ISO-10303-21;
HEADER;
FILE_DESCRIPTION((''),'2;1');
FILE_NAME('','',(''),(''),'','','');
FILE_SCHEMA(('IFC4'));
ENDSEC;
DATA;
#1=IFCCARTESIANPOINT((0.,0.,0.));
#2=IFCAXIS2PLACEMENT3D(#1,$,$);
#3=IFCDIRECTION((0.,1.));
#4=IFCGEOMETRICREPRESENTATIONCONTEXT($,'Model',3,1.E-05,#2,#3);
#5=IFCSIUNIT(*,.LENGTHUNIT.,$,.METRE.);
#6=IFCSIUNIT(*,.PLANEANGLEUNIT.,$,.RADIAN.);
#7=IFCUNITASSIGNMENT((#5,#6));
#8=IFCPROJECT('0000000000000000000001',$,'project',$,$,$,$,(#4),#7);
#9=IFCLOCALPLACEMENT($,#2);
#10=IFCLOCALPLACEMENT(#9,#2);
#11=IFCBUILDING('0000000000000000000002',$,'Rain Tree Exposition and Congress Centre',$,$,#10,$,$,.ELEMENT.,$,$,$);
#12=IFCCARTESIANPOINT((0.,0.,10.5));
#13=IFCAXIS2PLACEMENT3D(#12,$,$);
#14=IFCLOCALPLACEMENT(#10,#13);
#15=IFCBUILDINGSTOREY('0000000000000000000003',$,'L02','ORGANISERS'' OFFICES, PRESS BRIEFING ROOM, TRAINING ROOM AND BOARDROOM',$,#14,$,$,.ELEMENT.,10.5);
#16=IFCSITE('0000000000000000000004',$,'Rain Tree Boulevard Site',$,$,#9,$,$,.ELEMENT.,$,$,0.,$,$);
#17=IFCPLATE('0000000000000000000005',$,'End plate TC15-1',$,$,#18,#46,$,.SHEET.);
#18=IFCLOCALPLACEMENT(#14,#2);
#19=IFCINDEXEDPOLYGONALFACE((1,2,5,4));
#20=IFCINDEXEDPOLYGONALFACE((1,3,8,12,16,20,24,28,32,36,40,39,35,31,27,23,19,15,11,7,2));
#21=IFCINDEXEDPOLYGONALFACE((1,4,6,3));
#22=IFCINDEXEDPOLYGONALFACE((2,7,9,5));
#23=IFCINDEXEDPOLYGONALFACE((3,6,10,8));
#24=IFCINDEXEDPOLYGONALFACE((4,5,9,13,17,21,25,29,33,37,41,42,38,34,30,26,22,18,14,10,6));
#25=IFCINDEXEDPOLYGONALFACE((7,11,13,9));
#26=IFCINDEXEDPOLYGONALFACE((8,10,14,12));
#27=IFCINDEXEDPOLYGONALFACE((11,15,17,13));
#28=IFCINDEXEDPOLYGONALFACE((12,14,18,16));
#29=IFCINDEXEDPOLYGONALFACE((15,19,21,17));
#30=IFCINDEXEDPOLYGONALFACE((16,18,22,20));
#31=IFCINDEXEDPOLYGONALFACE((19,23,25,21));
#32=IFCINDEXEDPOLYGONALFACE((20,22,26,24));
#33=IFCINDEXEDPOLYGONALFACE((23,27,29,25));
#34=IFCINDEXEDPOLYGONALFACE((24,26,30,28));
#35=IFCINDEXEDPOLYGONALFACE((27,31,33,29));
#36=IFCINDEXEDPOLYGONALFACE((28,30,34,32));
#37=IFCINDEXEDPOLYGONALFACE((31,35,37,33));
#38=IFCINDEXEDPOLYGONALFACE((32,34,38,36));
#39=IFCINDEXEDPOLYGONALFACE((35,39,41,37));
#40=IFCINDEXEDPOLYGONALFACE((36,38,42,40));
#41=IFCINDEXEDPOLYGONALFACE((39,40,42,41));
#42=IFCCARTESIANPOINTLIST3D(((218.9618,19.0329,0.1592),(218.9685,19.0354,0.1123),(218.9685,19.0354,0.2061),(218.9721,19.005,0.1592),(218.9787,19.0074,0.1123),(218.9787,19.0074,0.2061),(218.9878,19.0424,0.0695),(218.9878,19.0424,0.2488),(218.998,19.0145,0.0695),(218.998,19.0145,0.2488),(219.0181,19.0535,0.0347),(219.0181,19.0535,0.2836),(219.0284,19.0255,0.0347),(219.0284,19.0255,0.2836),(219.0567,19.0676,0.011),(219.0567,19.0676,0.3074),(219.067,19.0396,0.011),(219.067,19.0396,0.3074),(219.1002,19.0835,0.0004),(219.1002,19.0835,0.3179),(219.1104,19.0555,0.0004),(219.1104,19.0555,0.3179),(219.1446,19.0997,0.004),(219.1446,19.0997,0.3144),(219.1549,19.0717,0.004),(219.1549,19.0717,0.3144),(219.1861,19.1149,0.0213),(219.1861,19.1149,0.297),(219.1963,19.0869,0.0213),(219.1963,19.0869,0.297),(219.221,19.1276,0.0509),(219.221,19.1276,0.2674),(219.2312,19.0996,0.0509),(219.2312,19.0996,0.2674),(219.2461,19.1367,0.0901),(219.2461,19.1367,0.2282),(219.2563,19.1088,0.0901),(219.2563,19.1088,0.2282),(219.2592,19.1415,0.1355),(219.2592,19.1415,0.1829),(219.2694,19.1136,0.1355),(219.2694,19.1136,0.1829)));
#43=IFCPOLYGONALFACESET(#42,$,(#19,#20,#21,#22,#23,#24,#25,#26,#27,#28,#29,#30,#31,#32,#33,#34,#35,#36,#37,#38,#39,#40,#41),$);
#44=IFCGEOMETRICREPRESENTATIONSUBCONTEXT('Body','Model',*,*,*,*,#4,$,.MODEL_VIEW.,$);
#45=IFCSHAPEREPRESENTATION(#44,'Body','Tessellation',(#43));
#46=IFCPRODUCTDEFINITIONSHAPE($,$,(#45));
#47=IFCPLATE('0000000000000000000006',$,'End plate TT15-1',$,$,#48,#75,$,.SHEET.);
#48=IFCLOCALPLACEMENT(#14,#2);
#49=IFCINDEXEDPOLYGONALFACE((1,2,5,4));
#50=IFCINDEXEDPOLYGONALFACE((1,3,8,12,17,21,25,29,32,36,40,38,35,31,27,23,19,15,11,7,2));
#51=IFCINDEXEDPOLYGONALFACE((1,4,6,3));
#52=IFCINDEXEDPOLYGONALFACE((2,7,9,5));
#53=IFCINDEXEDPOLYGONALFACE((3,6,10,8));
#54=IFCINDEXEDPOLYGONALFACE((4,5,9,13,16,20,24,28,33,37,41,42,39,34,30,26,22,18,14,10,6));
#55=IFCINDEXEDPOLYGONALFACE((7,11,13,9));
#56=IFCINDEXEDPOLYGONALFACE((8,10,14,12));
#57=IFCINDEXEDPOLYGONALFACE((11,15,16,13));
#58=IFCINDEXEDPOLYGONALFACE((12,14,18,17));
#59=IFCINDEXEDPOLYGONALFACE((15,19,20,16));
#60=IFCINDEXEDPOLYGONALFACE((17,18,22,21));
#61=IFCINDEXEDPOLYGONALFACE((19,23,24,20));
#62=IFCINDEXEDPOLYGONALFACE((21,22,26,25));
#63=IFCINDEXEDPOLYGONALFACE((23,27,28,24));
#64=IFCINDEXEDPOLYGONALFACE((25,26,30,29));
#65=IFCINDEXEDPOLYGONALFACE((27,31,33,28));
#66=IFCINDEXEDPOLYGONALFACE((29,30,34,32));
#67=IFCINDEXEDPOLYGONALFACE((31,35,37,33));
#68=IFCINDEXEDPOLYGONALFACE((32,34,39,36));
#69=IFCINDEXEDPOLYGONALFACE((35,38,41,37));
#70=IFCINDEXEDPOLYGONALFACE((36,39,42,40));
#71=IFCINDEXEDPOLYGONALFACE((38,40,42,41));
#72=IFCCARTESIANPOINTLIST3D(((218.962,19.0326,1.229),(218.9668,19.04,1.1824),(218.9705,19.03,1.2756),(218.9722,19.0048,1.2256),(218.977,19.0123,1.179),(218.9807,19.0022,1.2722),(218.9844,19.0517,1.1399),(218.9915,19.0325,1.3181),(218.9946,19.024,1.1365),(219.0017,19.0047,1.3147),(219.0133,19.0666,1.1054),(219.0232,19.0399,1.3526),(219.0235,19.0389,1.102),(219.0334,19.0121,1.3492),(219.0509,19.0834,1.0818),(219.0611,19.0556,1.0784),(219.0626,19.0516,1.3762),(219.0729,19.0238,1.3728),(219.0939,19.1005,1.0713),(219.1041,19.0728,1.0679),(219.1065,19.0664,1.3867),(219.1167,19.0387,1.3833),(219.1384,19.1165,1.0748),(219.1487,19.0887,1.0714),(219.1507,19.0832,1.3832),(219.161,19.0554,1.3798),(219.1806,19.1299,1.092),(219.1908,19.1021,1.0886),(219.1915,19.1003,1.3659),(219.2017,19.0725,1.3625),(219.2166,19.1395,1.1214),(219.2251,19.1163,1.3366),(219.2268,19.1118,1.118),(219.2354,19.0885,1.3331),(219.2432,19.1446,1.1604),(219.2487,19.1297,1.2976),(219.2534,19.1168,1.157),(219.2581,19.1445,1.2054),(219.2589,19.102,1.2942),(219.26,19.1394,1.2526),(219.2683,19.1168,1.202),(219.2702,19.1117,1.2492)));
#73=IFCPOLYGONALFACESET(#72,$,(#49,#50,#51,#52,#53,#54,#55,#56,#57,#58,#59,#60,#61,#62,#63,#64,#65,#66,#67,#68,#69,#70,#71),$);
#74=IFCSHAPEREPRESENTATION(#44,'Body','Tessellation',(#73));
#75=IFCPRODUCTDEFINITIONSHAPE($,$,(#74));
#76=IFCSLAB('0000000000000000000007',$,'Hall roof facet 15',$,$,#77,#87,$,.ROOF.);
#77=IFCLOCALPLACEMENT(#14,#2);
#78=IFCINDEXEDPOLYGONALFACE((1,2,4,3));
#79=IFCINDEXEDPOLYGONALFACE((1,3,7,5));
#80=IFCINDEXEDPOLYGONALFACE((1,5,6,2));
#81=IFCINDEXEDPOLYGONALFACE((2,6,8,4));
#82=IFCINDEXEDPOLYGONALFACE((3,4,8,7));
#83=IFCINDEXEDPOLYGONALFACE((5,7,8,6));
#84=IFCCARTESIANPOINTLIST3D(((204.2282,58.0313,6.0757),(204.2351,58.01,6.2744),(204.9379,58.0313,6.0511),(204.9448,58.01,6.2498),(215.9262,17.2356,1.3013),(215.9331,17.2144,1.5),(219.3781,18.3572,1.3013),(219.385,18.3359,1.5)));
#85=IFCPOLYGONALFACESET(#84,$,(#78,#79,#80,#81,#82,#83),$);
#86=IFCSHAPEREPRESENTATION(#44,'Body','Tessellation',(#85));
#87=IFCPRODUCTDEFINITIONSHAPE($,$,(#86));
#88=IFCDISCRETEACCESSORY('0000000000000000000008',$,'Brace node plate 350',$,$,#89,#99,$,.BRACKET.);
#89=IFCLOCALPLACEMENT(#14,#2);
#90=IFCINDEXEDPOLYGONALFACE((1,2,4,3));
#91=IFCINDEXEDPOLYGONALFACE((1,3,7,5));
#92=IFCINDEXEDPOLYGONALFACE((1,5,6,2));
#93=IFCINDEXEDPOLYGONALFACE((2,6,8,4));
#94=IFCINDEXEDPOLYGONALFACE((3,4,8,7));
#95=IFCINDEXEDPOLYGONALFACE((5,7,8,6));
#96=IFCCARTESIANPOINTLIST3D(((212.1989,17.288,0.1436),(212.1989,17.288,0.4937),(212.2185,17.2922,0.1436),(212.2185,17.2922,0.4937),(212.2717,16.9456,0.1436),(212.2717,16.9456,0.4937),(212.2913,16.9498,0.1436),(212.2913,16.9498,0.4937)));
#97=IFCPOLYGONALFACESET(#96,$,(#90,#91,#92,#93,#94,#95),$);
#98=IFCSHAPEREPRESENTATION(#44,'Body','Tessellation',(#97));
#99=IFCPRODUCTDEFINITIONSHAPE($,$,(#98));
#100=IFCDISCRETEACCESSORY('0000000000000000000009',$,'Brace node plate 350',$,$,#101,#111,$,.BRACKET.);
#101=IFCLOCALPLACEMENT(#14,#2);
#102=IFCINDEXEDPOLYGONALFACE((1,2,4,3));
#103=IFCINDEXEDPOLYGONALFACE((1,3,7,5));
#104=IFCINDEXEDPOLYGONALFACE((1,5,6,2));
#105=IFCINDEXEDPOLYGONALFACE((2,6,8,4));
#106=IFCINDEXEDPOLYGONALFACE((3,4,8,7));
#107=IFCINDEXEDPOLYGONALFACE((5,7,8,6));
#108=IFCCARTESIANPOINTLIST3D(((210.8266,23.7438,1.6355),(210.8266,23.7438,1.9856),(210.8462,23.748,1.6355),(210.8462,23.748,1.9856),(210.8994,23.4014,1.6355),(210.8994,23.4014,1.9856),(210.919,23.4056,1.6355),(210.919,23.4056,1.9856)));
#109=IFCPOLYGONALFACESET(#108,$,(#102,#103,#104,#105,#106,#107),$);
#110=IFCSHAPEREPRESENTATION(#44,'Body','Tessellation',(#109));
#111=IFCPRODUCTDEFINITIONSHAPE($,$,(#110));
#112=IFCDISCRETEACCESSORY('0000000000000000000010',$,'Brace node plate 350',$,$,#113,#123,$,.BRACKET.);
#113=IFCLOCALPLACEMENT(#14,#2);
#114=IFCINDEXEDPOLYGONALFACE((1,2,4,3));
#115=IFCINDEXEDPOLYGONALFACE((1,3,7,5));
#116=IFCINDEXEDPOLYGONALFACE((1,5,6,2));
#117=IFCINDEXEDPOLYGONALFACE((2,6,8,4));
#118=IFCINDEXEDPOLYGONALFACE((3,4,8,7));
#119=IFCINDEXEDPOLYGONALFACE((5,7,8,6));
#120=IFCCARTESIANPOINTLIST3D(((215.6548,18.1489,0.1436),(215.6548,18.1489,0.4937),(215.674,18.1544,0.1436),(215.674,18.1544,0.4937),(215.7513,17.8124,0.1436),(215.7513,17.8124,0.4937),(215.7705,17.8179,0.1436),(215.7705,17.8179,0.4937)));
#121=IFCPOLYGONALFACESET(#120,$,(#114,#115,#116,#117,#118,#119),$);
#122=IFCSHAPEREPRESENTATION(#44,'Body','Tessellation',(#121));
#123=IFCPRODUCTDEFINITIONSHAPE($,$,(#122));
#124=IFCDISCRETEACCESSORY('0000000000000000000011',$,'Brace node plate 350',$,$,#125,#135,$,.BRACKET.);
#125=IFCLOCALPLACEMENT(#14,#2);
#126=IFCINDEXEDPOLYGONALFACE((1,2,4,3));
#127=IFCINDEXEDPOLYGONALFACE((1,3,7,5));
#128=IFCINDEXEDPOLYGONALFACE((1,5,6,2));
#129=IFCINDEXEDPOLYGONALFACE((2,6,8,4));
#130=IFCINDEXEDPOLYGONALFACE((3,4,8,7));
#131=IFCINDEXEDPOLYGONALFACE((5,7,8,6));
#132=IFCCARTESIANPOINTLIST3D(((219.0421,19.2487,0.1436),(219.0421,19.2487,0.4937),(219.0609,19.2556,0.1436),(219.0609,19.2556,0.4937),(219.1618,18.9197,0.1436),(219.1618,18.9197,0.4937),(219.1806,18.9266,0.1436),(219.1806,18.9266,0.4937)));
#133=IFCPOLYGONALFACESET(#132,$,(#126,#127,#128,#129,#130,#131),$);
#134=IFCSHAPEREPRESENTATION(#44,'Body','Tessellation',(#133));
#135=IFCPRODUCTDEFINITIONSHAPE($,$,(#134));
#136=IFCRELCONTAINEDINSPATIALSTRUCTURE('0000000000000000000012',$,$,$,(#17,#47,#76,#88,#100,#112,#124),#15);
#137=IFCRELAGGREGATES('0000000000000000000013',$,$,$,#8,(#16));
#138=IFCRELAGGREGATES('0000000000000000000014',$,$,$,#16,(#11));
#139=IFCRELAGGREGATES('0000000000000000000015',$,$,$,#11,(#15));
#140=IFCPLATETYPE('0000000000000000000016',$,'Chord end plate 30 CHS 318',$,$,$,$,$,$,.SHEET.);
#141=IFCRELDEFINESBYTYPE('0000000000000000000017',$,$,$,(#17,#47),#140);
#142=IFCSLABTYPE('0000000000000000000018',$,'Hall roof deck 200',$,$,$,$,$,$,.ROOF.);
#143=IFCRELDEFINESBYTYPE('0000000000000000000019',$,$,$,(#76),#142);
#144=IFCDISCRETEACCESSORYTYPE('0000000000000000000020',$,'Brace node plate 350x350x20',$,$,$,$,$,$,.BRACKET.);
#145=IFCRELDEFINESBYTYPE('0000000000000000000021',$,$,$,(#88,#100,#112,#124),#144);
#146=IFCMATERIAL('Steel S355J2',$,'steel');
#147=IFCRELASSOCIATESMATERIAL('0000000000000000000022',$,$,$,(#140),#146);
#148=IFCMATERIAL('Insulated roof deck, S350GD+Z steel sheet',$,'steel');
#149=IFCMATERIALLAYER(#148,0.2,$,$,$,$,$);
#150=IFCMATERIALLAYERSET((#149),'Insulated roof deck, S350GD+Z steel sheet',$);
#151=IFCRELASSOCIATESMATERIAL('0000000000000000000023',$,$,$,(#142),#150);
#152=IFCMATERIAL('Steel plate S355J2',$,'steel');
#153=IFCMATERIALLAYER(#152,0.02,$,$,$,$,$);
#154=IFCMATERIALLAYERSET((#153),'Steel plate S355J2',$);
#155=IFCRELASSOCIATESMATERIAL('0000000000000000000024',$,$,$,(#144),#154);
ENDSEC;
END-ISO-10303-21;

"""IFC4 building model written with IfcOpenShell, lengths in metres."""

from ifc_helpers import new_model, si_unit, direction, frame, origin, origin_2d, place, context, subcontext, project, spatial, polyline, rectangle, circle, outline, extrude, material, layer, layer_set, material_profile, profile_set, type_object, element, save


model = new_model("IFC4")

# Units and contexts
model_context = context("Model", 3, precision=1e-05, world=origin(), true_north=direction((0.0, 1.0)))
body_context = subcontext(model_context, "Body", "Model", "MODEL_VIEW")
ifc_project = project(units=[si_unit("LENGTHUNIT", "METRE"), si_unit("PLANEANGLEUNIT", "RADIAN")], contexts=[model_context])

# Site, building, storey
site_placement = place(None, origin())
site = spatial("IfcSite", under=ifc_project, at=site_placement, Name="Rain Tree Boulevard Site", CompositionType="ELEMENT", RefElevation=0.0)
building_placement = place(site_placement, origin())
building = spatial("IfcBuilding", under=site, at=building_placement, Name="Rain Tree Exposition and Congress Centre", CompositionType="ELEMENT")
storey_placement = place(building_placement, frame((0.0, 0.0, 10.5)))
storey = spatial("IfcBuildingStorey", under=building, at=storey_placement, Name="L02", Description="ORGANISERS' OFFICES, PRESS BRIEFING ROOM, TRAINING ROOM AND BOARDROOM", CompositionType="ELEMENT", Elevation=10.5)

# Plates
ifc_material_1 = material(Name="Steel S355J2", Category="steel")
ifc_material_profile_1 = material_profile(ifc_material_1, circle(Radius=0.1592, at=origin_2d()), Name="CIRCLE 318")
ifc_profile_set_1 = profile_set([ifc_material_profile_1], Name="Steel S355J2")
plate_type = type_object("IfcPlateType", Name="Chord end plate 30 CHS 318", PredefinedType="SHEET", material=ifc_profile_set_1)
for number, where, z_axis, x_axis, name in (
    (1, (219.1216, 19.0596, 0.1592), (-0.343054, 0.939316, 0.0), (-0.939316, -0.343054, 0.0), "End plate TC15-1"),
    (2, (219.1216, 19.0598, 1.2256), (-0.343433, 0.932174, 0.114478), (-0.938343, -0.345705, 0.0), "End plate TT15-1"),
):
    element("IfcPlate", number, at=place(storey_placement, frame(where, z_axis=z_axis, x_axis=x_axis)), inside=storey, type_object=plate_type, Name=name, PredefinedType="SHEET", context=body_context, shape_type="SweptSolid", body=[
        extrude(circle(Radius=0.1592, at=origin_2d()), origin(), (0.0, 0.0, 1.0), 0.0298),
    ])

# Slab
ifc_material_2 = material(Name="Insulated roof deck, S350GD+Z steel sheet", Category="steel")
ifc_layer_1 = layer(ifc_material_2, 0.2)
ifc_layer_set_1 = layer_set([ifc_layer_1], Name="Insulated roof deck, S350GD+Z steel sheet")
slab_type = type_object("IfcSlabType", Name="Hall roof deck 200", PredefinedType="ROOF", material=ifc_layer_set_1)
slab_1_placement = place(storey_placement, frame((215.9331, 17.2144, 1.5), z_axis=(0.03456, -0.106388, 0.993724), x_axis=(0.951058, 0.309014, 0.000007)))
element("IfcSlab", 3, at=slab_1_placement, inside=storey, type_object=slab_type, Name="Hall roof facet 15", PredefinedType="ROOF", context=body_context, shape_type="SweptSolid", body=[
    extrude(outline(polyline([(0.0, 0.0), (3.6295, 0.0), (2.156, 42.461), (1.481, 42.6817), (0.0, 0.0)])), origin(), (0.0, 0.0, -1.0), 0.2),
])

# Discrete accessories
ifc_material_3 = material(Name="Steel plate S355J2", Category="steel")
ifc_layer_2 = layer(ifc_material_3, 0.02)
ifc_layer_set_2 = layer_set([ifc_layer_2], Name="Steel plate S355J2")
discrete_accessory_type = type_object("IfcDiscreteAccessoryType", Name="Brace node plate 350x350x20", PredefinedType="BRACKET", material=ifc_layer_set_2)
for number, where, z_axis, x_axis, name in (
    (4, (212.2451, 17.1189, 0.1436), (0.0, 0.0, 1.0), (-0.207912, 0.978148, 0.0), "Brace node plate 350"),
    (5, (210.8728, 23.5747, 1.6355), (0.0, 0.0, 1.0), (-0.207912, 0.978148, 0.0), "Brace node plate 350"),
    (6, (215.7126, 17.9834, 0.1436), (0.0, 0.0, 1.0), (-0.275637, 0.961262, 0.0), "Brace node plate 350"),
    (7, (219.1113, 19.0876, 0.1436), (0.0, 0.0, 1.0), (-0.34202, 0.939693, 0.0), "Brace node plate 350"),
):
    element("IfcDiscreteAccessory", number, at=place(storey_placement, frame(where, z_axis=z_axis, x_axis=x_axis)), inside=storey, type_object=discrete_accessory_type, Name=name, PredefinedType="BRACKET", context=body_context, shape_type="SweptSolid", body=[
        extrude(rectangle(XDim=0.3501, YDim=0.02, at=origin_2d()), origin(), (0.0, 0.0, 1.0), 0.3501),
    ])

save(model, "model.ifc")
